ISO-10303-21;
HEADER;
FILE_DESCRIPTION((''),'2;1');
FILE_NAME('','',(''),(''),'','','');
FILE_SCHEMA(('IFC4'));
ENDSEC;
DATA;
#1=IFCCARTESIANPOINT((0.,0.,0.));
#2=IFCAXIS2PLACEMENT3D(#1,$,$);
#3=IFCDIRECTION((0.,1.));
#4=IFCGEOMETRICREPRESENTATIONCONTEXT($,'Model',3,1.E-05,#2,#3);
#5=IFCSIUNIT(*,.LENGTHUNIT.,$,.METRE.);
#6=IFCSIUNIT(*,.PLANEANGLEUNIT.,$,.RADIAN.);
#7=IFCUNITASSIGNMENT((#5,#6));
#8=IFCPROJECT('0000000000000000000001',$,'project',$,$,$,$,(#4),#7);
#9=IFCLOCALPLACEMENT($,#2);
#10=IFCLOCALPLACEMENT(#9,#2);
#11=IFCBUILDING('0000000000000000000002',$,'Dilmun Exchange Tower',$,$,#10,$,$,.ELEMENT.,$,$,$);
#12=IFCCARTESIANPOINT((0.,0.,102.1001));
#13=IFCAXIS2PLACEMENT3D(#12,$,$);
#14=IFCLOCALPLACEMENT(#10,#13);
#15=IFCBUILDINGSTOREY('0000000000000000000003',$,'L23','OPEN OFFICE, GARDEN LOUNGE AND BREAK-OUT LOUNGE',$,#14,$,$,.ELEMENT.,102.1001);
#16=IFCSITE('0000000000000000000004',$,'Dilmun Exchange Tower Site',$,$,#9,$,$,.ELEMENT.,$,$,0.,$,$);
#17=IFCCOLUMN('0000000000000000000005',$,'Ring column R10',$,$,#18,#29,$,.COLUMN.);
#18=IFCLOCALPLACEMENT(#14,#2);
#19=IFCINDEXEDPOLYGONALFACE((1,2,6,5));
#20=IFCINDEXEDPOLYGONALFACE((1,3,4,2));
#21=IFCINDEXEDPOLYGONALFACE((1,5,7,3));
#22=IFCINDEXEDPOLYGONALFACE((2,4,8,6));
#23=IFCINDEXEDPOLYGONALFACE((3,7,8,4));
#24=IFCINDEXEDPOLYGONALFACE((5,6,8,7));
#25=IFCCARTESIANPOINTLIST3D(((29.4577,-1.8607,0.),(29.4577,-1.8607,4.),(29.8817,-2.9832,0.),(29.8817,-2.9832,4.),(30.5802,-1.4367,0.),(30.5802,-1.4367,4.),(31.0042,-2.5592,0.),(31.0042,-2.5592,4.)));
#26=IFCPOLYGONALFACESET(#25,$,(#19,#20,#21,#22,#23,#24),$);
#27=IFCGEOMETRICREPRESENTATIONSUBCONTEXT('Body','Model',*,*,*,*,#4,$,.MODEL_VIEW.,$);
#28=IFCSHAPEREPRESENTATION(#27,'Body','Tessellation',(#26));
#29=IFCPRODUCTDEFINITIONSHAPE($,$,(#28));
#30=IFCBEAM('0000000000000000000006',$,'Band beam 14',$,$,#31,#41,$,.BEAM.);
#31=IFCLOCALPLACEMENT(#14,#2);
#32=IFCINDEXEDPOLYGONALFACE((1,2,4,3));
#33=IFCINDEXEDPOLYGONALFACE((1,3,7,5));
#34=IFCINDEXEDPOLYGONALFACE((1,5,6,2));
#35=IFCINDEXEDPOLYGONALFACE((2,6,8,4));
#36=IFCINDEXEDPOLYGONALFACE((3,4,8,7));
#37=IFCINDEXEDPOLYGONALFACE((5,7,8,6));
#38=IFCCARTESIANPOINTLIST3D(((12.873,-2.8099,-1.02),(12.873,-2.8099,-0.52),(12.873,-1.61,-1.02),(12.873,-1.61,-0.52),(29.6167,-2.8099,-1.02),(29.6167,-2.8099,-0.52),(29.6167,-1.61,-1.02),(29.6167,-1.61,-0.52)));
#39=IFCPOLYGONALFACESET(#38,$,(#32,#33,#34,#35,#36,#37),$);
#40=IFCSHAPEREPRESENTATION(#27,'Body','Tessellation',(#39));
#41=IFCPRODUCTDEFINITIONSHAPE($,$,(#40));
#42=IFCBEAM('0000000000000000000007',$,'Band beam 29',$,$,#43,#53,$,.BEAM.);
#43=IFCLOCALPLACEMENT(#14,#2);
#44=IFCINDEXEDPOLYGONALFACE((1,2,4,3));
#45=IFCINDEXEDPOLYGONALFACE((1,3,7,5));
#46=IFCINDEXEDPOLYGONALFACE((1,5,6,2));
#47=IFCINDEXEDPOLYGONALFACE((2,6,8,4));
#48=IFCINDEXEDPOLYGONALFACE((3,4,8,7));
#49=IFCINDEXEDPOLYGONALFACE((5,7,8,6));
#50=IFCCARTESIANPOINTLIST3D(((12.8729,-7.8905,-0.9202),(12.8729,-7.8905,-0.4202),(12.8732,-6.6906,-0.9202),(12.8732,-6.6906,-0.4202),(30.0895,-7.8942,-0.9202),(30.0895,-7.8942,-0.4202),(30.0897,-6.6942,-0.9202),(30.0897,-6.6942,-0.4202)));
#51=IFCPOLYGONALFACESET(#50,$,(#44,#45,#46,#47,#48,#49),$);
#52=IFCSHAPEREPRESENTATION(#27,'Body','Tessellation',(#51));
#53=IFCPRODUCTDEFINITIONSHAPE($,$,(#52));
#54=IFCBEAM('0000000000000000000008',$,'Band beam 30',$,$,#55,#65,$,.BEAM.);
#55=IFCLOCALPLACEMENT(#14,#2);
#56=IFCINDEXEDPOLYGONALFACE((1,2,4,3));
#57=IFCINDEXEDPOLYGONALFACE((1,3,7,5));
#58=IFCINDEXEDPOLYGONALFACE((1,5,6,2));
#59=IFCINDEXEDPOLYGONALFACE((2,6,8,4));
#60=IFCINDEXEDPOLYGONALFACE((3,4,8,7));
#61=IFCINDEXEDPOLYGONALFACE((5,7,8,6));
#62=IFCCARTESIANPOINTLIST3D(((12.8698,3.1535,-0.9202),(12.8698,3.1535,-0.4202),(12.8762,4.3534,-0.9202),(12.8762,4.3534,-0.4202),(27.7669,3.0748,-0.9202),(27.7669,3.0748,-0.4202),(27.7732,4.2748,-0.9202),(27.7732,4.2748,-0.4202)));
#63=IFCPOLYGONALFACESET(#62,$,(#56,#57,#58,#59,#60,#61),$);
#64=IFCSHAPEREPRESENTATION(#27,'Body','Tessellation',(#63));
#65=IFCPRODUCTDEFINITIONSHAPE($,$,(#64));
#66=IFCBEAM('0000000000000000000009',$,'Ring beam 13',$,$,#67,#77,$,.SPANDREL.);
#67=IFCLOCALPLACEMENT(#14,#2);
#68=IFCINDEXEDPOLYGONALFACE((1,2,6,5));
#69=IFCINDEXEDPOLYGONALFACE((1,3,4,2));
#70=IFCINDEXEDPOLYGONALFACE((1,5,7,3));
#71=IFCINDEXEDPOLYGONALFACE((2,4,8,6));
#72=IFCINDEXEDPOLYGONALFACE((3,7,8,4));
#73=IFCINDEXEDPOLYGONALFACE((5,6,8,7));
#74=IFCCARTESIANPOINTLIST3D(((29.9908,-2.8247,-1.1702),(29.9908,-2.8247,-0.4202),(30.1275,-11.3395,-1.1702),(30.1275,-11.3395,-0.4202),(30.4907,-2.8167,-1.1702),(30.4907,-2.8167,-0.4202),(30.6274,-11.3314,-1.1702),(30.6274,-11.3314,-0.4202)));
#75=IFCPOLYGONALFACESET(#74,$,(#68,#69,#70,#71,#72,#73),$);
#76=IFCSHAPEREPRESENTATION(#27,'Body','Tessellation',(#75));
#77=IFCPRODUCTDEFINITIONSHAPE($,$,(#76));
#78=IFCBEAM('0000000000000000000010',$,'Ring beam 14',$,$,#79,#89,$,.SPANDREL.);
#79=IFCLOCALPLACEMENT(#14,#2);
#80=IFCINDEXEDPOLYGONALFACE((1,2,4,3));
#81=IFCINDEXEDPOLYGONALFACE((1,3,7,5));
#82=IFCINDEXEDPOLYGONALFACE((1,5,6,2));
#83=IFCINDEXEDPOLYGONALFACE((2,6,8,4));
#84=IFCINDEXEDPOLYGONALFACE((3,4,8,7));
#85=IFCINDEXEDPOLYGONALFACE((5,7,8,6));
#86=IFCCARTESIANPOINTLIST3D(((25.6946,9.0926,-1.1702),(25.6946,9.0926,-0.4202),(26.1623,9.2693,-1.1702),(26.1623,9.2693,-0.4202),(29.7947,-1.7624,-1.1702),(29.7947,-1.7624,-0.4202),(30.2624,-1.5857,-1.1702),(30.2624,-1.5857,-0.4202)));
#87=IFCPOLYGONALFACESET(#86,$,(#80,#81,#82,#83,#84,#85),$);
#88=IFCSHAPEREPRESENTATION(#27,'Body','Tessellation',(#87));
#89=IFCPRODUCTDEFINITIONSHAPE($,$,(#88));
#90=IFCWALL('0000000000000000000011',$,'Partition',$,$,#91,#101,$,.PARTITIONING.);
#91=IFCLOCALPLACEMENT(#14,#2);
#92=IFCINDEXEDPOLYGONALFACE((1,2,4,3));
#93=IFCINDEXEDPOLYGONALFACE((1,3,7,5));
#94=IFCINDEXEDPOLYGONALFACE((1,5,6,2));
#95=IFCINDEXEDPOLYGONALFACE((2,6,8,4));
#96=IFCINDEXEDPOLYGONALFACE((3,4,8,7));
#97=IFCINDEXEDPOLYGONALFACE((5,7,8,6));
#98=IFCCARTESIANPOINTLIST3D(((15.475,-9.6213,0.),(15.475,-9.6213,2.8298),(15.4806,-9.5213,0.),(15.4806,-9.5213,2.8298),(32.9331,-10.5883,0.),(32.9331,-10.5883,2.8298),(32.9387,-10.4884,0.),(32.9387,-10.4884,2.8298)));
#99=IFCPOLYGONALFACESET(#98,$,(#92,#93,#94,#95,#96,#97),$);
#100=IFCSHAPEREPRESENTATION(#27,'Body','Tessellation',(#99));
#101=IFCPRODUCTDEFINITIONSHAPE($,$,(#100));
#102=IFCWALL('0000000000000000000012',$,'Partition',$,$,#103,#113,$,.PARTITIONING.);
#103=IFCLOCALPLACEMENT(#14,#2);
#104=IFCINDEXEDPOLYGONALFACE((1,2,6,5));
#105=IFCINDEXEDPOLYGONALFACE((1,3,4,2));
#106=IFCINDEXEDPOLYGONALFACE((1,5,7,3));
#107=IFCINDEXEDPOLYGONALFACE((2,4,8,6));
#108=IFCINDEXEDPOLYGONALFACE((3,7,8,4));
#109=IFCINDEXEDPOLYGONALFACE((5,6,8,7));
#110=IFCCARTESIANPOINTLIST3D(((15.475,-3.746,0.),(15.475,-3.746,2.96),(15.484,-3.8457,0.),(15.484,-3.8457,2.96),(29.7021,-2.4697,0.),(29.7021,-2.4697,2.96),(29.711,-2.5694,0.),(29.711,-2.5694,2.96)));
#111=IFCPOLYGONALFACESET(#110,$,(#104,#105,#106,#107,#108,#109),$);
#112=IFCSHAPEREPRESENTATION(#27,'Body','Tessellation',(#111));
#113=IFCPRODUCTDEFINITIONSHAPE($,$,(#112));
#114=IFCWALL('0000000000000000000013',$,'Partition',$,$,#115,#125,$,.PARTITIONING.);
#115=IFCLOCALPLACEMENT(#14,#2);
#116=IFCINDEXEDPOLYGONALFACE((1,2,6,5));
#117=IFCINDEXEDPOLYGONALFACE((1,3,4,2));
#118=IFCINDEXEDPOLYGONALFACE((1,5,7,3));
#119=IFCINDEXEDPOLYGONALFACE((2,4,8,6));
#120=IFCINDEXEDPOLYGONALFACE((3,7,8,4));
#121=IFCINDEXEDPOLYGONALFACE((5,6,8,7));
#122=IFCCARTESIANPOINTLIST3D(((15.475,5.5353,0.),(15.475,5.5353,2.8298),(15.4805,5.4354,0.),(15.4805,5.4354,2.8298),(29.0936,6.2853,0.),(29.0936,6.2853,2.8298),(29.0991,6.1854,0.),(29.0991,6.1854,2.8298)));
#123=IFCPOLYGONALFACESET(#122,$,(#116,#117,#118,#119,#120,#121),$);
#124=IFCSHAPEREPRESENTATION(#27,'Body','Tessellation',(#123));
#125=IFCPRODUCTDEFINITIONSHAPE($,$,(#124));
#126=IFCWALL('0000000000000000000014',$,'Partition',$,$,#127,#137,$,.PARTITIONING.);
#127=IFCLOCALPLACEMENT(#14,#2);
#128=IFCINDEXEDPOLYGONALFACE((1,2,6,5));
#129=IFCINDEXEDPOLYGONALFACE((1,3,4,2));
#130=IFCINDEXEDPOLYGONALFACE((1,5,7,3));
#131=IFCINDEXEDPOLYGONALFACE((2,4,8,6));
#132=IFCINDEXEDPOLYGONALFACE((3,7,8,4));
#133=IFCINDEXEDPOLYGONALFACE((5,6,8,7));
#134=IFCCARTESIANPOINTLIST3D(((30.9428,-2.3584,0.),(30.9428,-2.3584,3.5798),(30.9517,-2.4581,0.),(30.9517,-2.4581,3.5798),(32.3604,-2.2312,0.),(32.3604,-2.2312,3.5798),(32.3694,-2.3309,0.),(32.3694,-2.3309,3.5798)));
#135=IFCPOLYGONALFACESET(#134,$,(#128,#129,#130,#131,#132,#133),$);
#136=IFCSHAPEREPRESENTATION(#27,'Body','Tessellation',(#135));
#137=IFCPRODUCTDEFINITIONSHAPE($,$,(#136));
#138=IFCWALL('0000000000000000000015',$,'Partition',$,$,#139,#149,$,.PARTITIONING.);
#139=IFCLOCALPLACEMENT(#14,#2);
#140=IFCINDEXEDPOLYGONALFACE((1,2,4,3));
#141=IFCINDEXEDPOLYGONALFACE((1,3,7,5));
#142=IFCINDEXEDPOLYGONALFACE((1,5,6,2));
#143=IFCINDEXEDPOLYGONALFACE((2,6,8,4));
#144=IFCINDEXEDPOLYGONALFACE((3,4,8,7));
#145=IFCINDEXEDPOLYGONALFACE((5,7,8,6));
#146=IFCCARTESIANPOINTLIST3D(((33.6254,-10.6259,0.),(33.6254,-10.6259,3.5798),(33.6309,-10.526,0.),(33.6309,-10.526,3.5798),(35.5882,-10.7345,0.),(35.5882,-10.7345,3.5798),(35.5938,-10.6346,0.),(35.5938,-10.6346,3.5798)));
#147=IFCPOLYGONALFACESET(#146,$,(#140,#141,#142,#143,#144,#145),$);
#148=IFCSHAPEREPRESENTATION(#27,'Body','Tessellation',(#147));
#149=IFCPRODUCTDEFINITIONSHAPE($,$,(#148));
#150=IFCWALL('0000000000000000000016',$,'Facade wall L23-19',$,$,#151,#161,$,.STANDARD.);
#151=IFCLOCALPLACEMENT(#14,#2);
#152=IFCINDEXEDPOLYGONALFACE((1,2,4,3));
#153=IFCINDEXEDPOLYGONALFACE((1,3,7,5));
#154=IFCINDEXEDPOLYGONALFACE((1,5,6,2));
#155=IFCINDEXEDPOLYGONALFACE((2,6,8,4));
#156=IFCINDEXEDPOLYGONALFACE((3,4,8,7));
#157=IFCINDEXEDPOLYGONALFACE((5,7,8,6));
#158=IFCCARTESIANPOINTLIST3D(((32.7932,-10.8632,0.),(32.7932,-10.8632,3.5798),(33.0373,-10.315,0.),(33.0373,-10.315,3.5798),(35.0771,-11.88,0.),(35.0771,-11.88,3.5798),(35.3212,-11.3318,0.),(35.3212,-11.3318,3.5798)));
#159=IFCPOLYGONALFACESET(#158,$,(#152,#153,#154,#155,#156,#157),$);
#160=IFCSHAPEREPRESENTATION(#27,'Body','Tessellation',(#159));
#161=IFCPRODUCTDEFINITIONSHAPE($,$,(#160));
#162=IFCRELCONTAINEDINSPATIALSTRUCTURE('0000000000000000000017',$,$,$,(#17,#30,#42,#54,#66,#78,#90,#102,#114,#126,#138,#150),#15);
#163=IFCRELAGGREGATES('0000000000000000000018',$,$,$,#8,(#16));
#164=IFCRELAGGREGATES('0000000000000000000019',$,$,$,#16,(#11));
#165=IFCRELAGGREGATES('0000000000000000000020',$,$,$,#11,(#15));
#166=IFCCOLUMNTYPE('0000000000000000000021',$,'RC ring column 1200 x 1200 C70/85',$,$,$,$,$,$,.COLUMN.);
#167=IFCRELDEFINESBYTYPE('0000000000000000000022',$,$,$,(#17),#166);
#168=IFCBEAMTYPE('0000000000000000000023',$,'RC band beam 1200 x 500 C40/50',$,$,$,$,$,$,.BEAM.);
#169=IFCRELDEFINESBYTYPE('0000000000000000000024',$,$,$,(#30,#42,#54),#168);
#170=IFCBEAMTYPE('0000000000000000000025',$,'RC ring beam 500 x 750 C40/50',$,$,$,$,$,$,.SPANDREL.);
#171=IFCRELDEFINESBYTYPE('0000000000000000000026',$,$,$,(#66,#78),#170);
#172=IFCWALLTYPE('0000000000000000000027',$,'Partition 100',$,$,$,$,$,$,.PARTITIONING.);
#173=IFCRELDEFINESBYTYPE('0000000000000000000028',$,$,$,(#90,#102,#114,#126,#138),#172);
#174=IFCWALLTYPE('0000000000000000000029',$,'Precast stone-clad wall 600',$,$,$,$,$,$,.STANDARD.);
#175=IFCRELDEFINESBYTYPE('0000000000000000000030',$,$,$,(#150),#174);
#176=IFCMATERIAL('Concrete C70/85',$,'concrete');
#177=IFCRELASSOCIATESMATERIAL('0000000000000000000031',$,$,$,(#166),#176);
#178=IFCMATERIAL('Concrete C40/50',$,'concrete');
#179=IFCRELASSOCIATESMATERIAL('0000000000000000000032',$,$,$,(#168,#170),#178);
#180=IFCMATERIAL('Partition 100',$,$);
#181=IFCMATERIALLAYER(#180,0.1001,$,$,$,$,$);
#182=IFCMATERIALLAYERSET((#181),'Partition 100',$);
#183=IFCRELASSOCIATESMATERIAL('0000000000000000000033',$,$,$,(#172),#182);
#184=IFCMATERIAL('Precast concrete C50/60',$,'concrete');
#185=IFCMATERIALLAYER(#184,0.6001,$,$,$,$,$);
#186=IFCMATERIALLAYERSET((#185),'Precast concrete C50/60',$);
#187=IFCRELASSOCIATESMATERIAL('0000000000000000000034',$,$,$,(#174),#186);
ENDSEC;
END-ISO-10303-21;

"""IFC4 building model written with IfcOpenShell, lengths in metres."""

from ifc_helpers import new_model, si_unit, direction, frame, frame_2d, origin, origin_2d, place, context, subcontext, project, spatial, rectangle, extrude, material, layer, layer_set, material_profile, profile_set, type_object, element, save


model = new_model("IFC4")

# Units and contexts
model_context = context("Model", 3, precision=1e-05, world=origin(), true_north=direction((0.0, 1.0)))
body_context = subcontext(model_context, "Body", "Model", "MODEL_VIEW")
ifc_project = project(units=[si_unit("LENGTHUNIT", "METRE"), si_unit("PLANEANGLEUNIT", "RADIAN")], contexts=[model_context])

# Site, building, storey
site_placement = place(None, origin())
site = spatial("IfcSite", under=ifc_project, at=site_placement, Name="Dilmun Exchange Tower Site", CompositionType="ELEMENT", RefElevation=0.0)
building_placement = place(site_placement, origin())
building = spatial("IfcBuilding", under=site, at=building_placement, Name="Dilmun Exchange Tower", CompositionType="ELEMENT")
storey_placement = place(building_placement, frame((0.0, 0.0, 102.1001)))
storey = spatial("IfcBuildingStorey", under=building, at=storey_placement, Name="L23", Description="OPEN OFFICE, GARDEN LOUNGE AND BREAK-OUT LOUNGE", CompositionType="ELEMENT", Elevation=102.1001)

# Column
ifc_material_1 = material(Name="Concrete C70/85", Category="concrete")
ifc_material_profile_1 = material_profile(ifc_material_1, rectangle(XDim=1.2, YDim=1.2, at=origin_2d()), Name="1200 x 1200")
ifc_profile_set_1 = profile_set([ifc_material_profile_1], Name="Concrete C70/85")
column_type = type_object("IfcColumnType", Name="RC ring column 1200 x 1200 C70/85", PredefinedType="COLUMN", material=ifc_profile_set_1)
column_placement = place(storey_placement, frame((30.231, -2.21, 0.0), z_axis=(0.0, 0.0, 1.0), x_axis=(0.935492, 0.353349, 0.0)))
element("IfcColumn", 1, at=column_placement, inside=storey, type_object=column_type, Name="Ring column R10", PredefinedType="COLUMN", context=body_context, shape_type="SweptSolid", body=[
    extrude(rectangle(XDim=1.2, YDim=1.2, at=origin_2d()), origin(), (0.0, 0.0, 1.0), 4.0),
])

# Beams
ifc_material_2 = material(Name="Concrete C40/50", Category="concrete")
ifc_material_profile_2 = material_profile(ifc_material_2, rectangle(XDim=1.2, YDim=0.5, at=origin_2d()), Name="1200 x 500")
ifc_profile_set_2 = profile_set([ifc_material_profile_2], Name="Concrete C40/50")
beam_type_1 = type_object("IfcBeamType", Name="RC band beam 1200 x 500 C40/50", PredefinedType="BEAM", material=ifc_profile_set_2)
beam_1_placement = place(storey_placement, frame((29.6167, -2.21, -0.77), z_axis=(-1.0, 0.0, 0.0), x_axis=(0.0, -1.0, 0.0)))
element("IfcBeam", 2, at=beam_1_placement, inside=storey, type_object=beam_type_1, Name="Band beam 14", PredefinedType="BEAM", context=body_context, shape_type="SweptSolid", body=[
    extrude(rectangle(XDim=1.2, YDim=0.5, at=origin_2d()), origin(), (0.0, 0.0, 1.0), 16.7437),
])
beam_2_placement = place(storey_placement, frame((30.0896, -7.2942, -0.6702), z_axis=(-1.0, 0.000213, 0.0), x_axis=(-0.000213, -1.0, 0.0)))
element("IfcBeam", 3, at=beam_2_placement, inside=storey, type_object=beam_type_1, Name="Band beam 29", PredefinedType="BEAM", context=body_context, shape_type="SweptSolid", body=[
    extrude(rectangle(XDim=1.2, YDim=0.5, at=origin_2d()), origin(), (0.0, 0.0, 1.0), 17.2166),
])
beam_3_placement = place(storey_placement, frame((27.77, 3.6748, -0.6702), z_axis=(-0.999986, 0.005277, 0.0), x_axis=(-0.005277, -0.999986, 0.0)))
element("IfcBeam", 4, at=beam_3_placement, inside=storey, type_object=beam_type_1, Name="Band beam 30", PredefinedType="BEAM", context=body_context, shape_type="SweptSolid", body=[
    extrude(rectangle(XDim=1.2, YDim=0.5, at=origin_2d()), origin(), (0.0, 0.0, 1.0), 14.8972),
])
ifc_material_profile_3 = material_profile(ifc_material_2, rectangle(XDim=0.5, YDim=0.75, at=origin_2d()), Name="500 x 750")
ifc_profile_set_3 = profile_set([ifc_material_profile_3], Name="Concrete C40/50")
beam_type_2 = type_object("IfcBeamType", Name="RC ring beam 500 x 750 C40/50", PredefinedType="SPANDREL", material=ifc_profile_set_3)
beam_4_placement = place(storey_placement, frame((30.3774, -11.3354, -0.7952), z_axis=(-0.016054, 0.999871, 0.0), x_axis=(-0.999871, -0.016054, 0.0)))
element("IfcBeam", 5, at=beam_4_placement, inside=storey, type_object=beam_type_2, Name="Ring beam 13", PredefinedType="SPANDREL", context=body_context, shape_type="SweptSolid", body=[
    extrude(rectangle(XDim=0.5, YDim=0.75, at=origin_2d()), origin(), (0.0, 0.0, 1.0), 8.5159),
])
beam_5_placement = place(storey_placement, frame((30.0286, -1.6741, -0.7952), z_axis=(-0.35335, 0.935491, 0.0), x_axis=(-0.935491, -0.35335, 0.0)))
element("IfcBeam", 6, at=beam_5_placement, inside=storey, type_object=beam_type_2, Name="Ring beam 14", PredefinedType="SPANDREL", context=body_context, shape_type="SweptSolid", body=[
    extrude(rectangle(XDim=0.5, YDim=0.75, at=origin_2d()), origin(), (0.0, 0.0, 1.0), 11.6035),
])

# Walls
ifc_material_3 = material(Name="Partition 100")
ifc_layer_1 = layer(ifc_material_3, 0.1001)
ifc_layer_set_1 = layer_set([ifc_layer_1], Name="Partition 100")
wall_type_1 = type_object("IfcWallType", Name="Partition 100", PredefinedType="PARTITIONING", material=ifc_layer_set_1)
wall_1_placement = place(storey_placement, frame((15.4778, -9.5713, 0.0), z_axis=(0.0, 0.0, 1.0), x_axis=(0.998469, -0.055308, 0.0)))
element("IfcWall", 7, at=wall_1_placement, inside=storey, type_object=wall_type_1, Name="Partition", PredefinedType="PARTITIONING", context=body_context, shape_type="SweptSolid", body=[
    extrude(rectangle(XDim=17.4849, YDim=0.1001, at=frame_2d((8.7424, 0.0))), origin(), (0.0, 0.0, 1.0), 2.8298),
])
wall_2_placement = place(storey_placement, frame((15.4795, -3.7959, 0.0), z_axis=(0.0, 0.0, 1.0), x_axis=(0.996, 0.089355, 0.0)))
element("IfcWall", 8, at=wall_2_placement, inside=storey, type_object=wall_type_1, Name="Partition", PredefinedType="PARTITIONING", context=body_context, shape_type="SweptSolid", body=[
    extrude(rectangle(XDim=14.2842, YDim=0.1001, at=frame_2d((7.1421, 0.0))), origin(), (0.0, 0.0, 1.0), 2.96),
])
wall_3_placement = place(storey_placement, frame((15.4778, 5.4854, 0.0), z_axis=(0.0, 0.0, 1.0), x_axis=(0.998487, 0.054989, 0.0)))
element("IfcWall", 9, at=wall_3_placement, inside=storey, type_object=wall_type_1, Name="Partition", PredefinedType="PARTITIONING", context=body_context, shape_type="SweptSolid", body=[
    extrude(rectangle(XDim=13.6392, YDim=0.1001, at=frame_2d((6.8196, 0.0))), origin(), (0.0, 0.0, 1.0), 2.8298),
])
wall_4_placement = place(storey_placement, frame((30.9473, -2.4082, 0.0), z_axis=(0.0, 0.0, 1.0), x_axis=(0.995999, 0.08936, 0.0)))
element("IfcWall", 10, at=wall_4_placement, inside=storey, type_object=wall_type_1, Name="Partition", PredefinedType="PARTITIONING", context=body_context, shape_type="SweptSolid", body=[
    extrude(rectangle(XDim=1.4233, YDim=0.1001, at=frame_2d((0.7117, 0.0))), origin(), (0.0, 0.0, 1.0), 3.5798),
])
wall_5_placement = place(storey_placement, frame((33.6282, -10.5759, 0.0), z_axis=(0.0, 0.0, 1.0), x_axis=(0.998472, -0.055264, 0.0)))
element("IfcWall", 11, at=wall_5_placement, inside=storey, type_object=wall_type_1, Name="Partition", PredefinedType="PARTITIONING", context=body_context, shape_type="SweptSolid", body=[
    extrude(rectangle(XDim=1.9658, YDim=0.1001, at=frame_2d((0.9829, 0.0))), origin(), (0.0, 0.0, 1.0), 3.5798),
])
ifc_material_4 = material(Name="Precast concrete C50/60", Category="concrete")
ifc_layer_2 = layer(ifc_material_4, 0.6001)
ifc_layer_set_2 = layer_set([ifc_layer_2], Name="Precast concrete C50/60")
wall_type_2 = type_object("IfcWallType", Name="Precast stone-clad wall 600", PredefinedType="STANDARD", material=ifc_layer_set_2)
wall_6_placement = place(storey_placement, frame((32.9153, -10.5891, 0.0), z_axis=(0.0, 0.0, 1.0), x_axis=(0.91355, -0.406727, 0.0)))
element("IfcWall", 12, at=wall_6_placement, inside=storey, type_object=wall_type_2, Name="Facade wall L23-19", PredefinedType="STANDARD", context=body_context, shape_type="SweptSolid", body=[
    extrude(rectangle(XDim=2.5, YDim=0.6001, at=frame_2d((1.25, 0.0))), origin(), (0.0, 0.0, 1.0), 3.5798),
])

save(model, "model.ifc")
